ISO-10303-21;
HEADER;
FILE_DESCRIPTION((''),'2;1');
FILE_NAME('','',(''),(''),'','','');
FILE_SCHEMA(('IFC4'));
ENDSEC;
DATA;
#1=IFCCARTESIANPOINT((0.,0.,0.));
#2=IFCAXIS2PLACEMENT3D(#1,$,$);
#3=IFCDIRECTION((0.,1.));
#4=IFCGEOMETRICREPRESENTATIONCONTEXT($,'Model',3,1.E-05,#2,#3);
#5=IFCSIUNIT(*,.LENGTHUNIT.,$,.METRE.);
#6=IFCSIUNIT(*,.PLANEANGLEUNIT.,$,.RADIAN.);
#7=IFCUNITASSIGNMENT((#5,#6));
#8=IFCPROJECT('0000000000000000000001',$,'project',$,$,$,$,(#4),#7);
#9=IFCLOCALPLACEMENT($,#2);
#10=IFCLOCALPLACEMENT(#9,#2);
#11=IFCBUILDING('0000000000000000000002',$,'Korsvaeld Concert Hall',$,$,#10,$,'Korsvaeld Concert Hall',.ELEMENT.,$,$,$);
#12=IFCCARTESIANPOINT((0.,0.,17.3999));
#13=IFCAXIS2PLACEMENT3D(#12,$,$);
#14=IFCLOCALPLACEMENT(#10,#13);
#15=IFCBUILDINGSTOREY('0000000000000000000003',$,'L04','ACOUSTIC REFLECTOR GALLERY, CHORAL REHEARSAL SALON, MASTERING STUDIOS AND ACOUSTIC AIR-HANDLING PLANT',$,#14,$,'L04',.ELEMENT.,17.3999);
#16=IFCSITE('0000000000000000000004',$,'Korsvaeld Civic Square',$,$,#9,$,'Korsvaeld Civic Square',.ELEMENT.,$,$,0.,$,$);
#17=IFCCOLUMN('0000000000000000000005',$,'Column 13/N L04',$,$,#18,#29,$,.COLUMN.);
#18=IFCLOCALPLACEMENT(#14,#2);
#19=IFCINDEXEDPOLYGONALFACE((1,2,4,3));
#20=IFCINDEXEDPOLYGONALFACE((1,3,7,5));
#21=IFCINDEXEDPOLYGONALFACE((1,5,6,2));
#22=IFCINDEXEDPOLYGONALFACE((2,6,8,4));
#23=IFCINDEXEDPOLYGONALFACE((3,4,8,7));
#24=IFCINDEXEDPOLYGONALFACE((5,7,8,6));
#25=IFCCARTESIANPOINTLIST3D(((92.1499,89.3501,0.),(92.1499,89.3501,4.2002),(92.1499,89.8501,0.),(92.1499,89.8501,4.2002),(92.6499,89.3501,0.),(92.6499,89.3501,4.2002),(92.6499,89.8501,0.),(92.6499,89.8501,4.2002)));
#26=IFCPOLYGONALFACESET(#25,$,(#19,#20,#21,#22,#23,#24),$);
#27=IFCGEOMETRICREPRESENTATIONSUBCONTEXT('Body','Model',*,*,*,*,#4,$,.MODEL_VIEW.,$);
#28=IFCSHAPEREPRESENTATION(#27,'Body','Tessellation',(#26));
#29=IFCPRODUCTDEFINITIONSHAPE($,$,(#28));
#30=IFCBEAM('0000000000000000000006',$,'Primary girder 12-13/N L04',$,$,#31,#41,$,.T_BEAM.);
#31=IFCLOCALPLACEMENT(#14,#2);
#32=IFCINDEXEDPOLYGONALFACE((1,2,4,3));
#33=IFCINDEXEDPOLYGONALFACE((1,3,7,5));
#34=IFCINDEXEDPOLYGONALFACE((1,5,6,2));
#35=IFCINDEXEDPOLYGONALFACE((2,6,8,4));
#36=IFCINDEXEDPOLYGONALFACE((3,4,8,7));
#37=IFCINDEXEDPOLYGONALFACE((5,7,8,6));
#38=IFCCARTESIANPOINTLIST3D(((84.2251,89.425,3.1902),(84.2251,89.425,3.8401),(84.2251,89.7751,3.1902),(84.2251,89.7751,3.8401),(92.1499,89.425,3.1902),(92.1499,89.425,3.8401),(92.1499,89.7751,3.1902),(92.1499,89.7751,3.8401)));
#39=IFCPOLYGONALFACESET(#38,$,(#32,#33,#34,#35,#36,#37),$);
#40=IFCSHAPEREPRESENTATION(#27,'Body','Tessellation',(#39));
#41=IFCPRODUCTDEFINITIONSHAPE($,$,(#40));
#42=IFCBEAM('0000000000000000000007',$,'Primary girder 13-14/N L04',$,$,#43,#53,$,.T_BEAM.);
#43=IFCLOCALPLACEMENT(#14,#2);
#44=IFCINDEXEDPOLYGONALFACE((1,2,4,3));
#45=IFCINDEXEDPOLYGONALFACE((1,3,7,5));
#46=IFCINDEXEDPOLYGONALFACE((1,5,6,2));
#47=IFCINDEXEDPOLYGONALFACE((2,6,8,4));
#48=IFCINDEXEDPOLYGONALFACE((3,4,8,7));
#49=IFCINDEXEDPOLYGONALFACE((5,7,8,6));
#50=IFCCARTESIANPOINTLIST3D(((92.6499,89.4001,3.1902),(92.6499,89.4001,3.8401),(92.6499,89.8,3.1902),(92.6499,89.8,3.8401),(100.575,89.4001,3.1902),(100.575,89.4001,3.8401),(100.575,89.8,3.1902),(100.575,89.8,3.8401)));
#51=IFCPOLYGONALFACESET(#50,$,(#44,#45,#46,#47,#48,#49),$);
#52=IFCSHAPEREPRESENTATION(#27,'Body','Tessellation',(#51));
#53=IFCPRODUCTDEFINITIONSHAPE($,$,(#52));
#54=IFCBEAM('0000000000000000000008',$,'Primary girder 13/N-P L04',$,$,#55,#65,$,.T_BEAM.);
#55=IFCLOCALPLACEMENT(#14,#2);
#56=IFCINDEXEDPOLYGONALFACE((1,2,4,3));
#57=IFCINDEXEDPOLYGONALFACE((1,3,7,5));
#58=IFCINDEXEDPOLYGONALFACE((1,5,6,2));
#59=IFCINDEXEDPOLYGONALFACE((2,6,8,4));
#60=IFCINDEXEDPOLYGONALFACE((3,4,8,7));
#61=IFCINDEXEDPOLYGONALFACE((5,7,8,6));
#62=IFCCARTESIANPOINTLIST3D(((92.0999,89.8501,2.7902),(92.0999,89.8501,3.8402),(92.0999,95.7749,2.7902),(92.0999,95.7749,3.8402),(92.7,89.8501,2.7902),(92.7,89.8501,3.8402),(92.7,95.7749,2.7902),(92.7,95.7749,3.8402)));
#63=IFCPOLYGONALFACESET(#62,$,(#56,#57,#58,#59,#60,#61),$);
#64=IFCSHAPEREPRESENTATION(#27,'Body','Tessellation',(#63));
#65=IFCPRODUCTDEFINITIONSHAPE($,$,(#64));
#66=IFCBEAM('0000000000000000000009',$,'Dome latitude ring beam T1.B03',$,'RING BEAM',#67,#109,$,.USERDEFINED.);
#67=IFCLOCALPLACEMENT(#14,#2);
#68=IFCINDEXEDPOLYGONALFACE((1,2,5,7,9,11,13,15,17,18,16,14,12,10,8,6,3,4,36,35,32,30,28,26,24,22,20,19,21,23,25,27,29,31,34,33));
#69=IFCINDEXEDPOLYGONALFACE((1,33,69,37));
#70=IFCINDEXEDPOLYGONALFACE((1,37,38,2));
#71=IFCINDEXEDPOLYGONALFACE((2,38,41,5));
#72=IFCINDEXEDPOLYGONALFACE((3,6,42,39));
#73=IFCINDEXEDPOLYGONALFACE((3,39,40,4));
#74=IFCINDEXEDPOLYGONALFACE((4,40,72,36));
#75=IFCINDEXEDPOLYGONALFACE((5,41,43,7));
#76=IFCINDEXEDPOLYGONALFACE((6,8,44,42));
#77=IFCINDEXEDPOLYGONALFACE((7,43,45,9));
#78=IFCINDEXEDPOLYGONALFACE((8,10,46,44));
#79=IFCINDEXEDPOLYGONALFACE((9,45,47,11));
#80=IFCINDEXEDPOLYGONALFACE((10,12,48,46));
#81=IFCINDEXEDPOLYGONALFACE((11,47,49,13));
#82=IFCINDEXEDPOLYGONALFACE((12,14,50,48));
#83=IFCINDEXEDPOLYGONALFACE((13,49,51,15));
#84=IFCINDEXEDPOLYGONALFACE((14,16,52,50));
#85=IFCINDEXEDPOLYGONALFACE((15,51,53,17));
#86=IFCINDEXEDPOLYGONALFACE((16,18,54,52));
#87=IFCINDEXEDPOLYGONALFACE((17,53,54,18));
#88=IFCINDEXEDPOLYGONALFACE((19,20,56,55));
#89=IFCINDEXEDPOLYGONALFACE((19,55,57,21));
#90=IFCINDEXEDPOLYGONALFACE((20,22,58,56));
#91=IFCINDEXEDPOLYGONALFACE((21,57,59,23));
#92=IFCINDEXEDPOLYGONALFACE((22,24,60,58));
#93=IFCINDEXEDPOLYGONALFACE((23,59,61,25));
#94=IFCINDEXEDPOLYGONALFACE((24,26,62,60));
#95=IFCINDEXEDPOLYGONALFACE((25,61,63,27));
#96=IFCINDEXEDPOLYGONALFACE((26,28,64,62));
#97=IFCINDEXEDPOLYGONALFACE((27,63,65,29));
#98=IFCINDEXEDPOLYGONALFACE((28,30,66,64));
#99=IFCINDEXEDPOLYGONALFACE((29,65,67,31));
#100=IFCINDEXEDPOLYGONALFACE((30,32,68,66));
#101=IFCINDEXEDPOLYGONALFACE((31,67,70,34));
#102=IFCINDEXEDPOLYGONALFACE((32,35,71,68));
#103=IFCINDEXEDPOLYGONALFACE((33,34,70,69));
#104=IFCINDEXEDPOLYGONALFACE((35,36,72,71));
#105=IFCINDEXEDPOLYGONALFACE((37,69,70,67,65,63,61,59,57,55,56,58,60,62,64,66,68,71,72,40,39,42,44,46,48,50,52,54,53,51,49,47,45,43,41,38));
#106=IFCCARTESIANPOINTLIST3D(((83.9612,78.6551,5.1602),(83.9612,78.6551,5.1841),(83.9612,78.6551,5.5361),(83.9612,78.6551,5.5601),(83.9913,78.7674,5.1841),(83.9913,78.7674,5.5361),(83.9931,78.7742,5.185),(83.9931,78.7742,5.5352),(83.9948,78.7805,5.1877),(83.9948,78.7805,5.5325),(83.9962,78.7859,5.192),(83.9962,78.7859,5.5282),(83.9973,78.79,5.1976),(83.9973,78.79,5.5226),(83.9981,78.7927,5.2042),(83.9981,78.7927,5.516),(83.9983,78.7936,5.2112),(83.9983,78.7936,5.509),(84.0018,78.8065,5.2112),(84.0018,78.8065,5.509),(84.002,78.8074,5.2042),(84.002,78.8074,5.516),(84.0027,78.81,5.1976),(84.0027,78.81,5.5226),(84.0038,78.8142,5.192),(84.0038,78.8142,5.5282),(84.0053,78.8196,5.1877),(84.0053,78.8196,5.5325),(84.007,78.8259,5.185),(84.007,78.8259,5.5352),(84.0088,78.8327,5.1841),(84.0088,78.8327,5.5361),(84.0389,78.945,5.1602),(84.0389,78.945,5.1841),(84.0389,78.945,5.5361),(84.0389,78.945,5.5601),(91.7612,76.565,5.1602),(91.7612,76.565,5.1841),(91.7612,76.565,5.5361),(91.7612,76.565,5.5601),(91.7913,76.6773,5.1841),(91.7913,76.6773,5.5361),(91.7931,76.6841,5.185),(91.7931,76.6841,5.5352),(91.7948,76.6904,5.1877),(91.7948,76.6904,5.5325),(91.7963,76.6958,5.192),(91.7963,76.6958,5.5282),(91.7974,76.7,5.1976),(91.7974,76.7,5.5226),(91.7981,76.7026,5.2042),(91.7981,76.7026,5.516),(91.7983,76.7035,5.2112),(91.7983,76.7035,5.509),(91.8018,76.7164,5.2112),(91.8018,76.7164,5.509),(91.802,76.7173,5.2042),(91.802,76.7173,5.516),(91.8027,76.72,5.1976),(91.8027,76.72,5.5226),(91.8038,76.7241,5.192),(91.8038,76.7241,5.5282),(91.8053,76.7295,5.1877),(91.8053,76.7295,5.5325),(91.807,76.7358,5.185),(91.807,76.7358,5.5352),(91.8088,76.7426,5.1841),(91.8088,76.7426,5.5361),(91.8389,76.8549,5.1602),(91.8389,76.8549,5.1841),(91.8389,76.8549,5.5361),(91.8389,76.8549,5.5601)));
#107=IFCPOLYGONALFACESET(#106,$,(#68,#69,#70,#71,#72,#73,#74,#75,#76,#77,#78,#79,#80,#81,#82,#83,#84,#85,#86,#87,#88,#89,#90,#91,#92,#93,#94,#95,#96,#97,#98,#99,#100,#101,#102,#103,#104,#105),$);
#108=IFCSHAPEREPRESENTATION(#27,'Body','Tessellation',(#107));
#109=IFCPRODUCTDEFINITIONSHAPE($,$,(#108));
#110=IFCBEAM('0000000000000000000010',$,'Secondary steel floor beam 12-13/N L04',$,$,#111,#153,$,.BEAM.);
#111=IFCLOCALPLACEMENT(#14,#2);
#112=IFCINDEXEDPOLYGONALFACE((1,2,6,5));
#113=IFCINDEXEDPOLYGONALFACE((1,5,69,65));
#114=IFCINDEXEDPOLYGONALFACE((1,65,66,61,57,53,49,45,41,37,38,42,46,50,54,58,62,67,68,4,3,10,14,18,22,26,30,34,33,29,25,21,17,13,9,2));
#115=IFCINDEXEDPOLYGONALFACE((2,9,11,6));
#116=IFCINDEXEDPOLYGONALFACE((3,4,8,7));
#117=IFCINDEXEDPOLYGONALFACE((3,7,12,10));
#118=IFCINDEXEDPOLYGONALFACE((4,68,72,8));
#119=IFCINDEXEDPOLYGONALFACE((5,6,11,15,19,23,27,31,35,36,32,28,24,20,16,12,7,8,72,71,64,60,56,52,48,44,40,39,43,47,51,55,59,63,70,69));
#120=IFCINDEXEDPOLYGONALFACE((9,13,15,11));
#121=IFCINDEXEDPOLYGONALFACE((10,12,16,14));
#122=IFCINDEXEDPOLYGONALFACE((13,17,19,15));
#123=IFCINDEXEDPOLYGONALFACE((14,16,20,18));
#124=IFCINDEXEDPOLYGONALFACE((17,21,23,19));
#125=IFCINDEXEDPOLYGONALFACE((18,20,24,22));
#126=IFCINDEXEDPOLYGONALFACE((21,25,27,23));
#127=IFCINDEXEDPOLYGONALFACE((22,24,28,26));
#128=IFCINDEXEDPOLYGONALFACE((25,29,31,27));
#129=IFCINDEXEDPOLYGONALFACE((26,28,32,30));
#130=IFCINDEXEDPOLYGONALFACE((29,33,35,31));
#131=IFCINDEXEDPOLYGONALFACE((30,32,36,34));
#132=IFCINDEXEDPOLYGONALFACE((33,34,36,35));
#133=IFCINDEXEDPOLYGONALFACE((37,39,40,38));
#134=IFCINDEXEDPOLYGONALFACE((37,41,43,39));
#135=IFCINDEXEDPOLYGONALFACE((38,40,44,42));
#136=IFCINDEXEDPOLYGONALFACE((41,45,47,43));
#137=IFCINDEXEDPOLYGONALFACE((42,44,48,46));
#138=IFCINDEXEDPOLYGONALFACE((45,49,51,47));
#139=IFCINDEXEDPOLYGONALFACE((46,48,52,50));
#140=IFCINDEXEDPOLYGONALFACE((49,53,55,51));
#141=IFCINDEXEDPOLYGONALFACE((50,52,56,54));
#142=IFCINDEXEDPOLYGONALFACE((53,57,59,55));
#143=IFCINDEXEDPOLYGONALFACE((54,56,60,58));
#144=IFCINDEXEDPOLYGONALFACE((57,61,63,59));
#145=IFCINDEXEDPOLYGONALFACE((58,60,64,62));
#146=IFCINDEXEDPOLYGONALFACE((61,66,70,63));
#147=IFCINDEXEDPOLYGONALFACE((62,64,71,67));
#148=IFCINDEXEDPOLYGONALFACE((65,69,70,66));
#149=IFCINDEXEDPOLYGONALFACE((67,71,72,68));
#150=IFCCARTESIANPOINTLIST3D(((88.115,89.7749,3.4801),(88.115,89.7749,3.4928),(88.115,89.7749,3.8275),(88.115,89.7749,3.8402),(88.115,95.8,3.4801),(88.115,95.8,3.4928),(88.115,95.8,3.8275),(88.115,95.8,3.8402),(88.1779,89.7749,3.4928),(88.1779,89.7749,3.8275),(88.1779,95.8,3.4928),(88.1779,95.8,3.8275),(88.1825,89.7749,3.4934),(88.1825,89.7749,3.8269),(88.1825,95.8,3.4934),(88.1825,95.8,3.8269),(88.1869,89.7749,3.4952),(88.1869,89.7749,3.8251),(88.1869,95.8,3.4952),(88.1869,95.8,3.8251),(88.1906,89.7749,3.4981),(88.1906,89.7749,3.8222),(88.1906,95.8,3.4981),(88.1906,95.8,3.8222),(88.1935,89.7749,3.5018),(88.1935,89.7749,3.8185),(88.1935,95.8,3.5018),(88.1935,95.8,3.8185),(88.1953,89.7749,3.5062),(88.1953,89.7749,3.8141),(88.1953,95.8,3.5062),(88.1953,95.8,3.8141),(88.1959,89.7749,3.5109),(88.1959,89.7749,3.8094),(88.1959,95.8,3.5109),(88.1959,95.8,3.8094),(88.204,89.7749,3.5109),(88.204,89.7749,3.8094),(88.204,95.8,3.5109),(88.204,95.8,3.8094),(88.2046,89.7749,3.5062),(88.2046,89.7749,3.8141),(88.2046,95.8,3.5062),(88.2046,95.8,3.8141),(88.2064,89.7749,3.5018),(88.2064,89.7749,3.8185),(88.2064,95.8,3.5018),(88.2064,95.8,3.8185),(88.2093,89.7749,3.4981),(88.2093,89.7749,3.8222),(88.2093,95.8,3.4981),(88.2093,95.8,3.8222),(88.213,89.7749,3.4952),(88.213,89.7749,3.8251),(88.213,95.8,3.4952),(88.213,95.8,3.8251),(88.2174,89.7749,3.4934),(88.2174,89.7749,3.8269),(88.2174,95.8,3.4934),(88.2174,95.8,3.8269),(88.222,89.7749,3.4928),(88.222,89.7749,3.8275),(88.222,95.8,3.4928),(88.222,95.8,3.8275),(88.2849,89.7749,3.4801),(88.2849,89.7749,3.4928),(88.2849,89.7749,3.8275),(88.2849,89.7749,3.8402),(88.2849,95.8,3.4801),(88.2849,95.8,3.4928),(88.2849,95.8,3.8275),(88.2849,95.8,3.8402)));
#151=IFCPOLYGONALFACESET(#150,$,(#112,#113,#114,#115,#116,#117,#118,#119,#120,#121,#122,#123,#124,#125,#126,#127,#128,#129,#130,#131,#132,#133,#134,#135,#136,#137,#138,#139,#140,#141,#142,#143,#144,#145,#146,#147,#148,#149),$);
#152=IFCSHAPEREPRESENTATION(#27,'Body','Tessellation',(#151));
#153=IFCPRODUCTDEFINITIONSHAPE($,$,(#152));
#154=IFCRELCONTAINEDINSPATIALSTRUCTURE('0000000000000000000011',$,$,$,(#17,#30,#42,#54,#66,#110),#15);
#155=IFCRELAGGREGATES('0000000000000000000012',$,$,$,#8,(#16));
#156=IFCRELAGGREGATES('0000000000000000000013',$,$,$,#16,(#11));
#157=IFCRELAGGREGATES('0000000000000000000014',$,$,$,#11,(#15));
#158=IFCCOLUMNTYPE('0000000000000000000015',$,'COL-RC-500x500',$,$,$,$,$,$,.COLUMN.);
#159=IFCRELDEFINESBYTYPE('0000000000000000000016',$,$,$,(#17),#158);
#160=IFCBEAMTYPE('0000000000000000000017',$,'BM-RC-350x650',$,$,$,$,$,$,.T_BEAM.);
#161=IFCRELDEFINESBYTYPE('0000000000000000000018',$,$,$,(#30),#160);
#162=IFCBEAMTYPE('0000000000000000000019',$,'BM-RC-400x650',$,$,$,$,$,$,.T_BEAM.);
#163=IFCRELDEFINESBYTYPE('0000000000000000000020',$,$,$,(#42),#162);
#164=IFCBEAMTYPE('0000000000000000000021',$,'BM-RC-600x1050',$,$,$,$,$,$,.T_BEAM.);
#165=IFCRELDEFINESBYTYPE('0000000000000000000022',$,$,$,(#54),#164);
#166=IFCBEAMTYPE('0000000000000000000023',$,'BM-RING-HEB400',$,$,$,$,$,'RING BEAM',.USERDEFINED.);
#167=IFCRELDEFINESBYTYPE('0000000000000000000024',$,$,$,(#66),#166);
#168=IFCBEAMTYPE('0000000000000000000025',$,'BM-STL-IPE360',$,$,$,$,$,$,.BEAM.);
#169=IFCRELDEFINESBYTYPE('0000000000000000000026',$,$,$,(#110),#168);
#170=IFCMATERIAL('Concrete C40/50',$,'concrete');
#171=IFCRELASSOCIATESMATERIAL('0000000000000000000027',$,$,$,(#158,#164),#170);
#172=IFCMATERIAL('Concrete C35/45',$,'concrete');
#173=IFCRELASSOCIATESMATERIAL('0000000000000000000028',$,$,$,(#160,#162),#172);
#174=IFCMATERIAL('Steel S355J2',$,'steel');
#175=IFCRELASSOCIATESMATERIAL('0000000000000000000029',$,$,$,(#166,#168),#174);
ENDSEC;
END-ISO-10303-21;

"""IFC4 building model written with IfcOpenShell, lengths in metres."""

from ifc_helpers import new_model, si_unit, direction, frame, origin, origin_2d, place, context, subcontext, project, spatial, rectangle, i_section, extrude, material, material_profile, profile_set, type_object, element, save


model = new_model("IFC4")

# Units and contexts
model_context = context("Model", 3, precision=1e-05, world=origin(), true_north=direction((0.0, 1.0)))
body_context = subcontext(model_context, "Body", "Model", "MODEL_VIEW")
ifc_project = project(units=[si_unit("LENGTHUNIT", "METRE"), si_unit("PLANEANGLEUNIT", "RADIAN")], contexts=[model_context])

# Site, building, storey
site_placement = place(None, origin())
site = spatial("IfcSite", under=ifc_project, at=site_placement, Name="Korsvaeld Civic Square", LongName="Korsvaeld Civic Square", CompositionType="ELEMENT", RefElevation=0.0)
building_placement = place(site_placement, origin())
building = spatial("IfcBuilding", under=site, at=building_placement, Name="Korsvaeld Concert Hall", LongName="Korsvaeld Concert Hall", CompositionType="ELEMENT")
storey_placement = place(building_placement, frame((0.0, 0.0, 17.3999)))
storey = spatial("IfcBuildingStorey", under=building, at=storey_placement, Name="L04", Description="ACOUSTIC REFLECTOR GALLERY, CHORAL REHEARSAL SALON, MASTERING STUDIOS AND ACOUSTIC AIR-HANDLING PLANT", LongName="L04", CompositionType="ELEMENT", Elevation=17.3999)

# Column
ifc_material_1 = material(Name="Concrete C40/50", Category="concrete")
ifc_material_profile_1 = material_profile(ifc_material_1, rectangle(XDim=0.5, YDim=0.5, at=origin_2d()), Name="RC 500x500")
ifc_profile_set_1 = profile_set([ifc_material_profile_1], Name="Concrete C40/50")
column_type = type_object("IfcColumnType", Name="COL-RC-500x500", PredefinedType="COLUMN", material=ifc_profile_set_1)
column_placement = place(storey_placement, frame((92.3999, 89.6001, 0.0), z_axis=(0.0, 0.0, 1.0), x_axis=(1.0, 0.0, 0.0)))
element("IfcColumn", 1, at=column_placement, inside=storey, type_object=column_type, Name="Column 13/N L04", PredefinedType="COLUMN", context=body_context, shape_type="SweptSolid", body=[
    extrude(rectangle(XDim=0.5, YDim=0.5, at=origin_2d()), origin(), (0.0, 0.0, 1.0), 4.2002),
])

# Beams
ifc_material_2 = material(Name="Concrete C35/45", Category="concrete")
ifc_material_profile_2 = material_profile(ifc_material_2, rectangle(XDim=0.3501, YDim=0.6499, at=origin_2d()), Name="RC 350x650")
ifc_profile_set_2 = profile_set([ifc_material_profile_2], Name="Concrete C35/45")
beam_type_1 = type_object("IfcBeamType", Name="BM-RC-350x650", PredefinedType="T_BEAM", material=ifc_profile_set_2)
beam_1_placement = place(storey_placement, frame((84.2251, 89.6001, 3.5151), z_axis=(1.0, 0.0, 0.0), x_axis=(0.0, 1.0, 0.0)))
element("IfcBeam", 2, at=beam_1_placement, inside=storey, type_object=beam_type_1, Name="Primary girder 12-13/N L04", PredefinedType="T_BEAM", context=body_context, shape_type="SweptSolid", body=[
    extrude(rectangle(XDim=0.3501, YDim=0.6499, at=origin_2d()), origin(), (0.0, 0.0, 1.0), 7.9248),
])
ifc_material_profile_3 = material_profile(ifc_material_2, rectangle(XDim=0.3999, YDim=0.6499, at=origin_2d()), Name="RC 400x650")
ifc_profile_set_3 = profile_set([ifc_material_profile_3], Name="Concrete C35/45")
beam_type_2 = type_object("IfcBeamType", Name="BM-RC-400x650", PredefinedType="T_BEAM", material=ifc_profile_set_3)
beam_2_placement = place(storey_placement, frame((92.6499, 89.6001, 3.5151), z_axis=(1.0, 0.0, 0.0), x_axis=(0.0, 1.0, 0.0)))
element("IfcBeam", 3, at=beam_2_placement, inside=storey, type_object=beam_type_2, Name="Primary girder 13-14/N L04", PredefinedType="T_BEAM", context=body_context, shape_type="SweptSolid", body=[
    extrude(rectangle(XDim=0.3999, YDim=0.6499, at=origin_2d()), origin(), (0.0, 0.0, 1.0), 7.925),
])
ifc_material_profile_4 = material_profile(ifc_material_1, rectangle(XDim=0.6001, YDim=1.05, at=origin_2d()), Name="RC 600x1050")
ifc_profile_set_4 = profile_set([ifc_material_profile_4], Name="Concrete C40/50")
beam_type_3 = type_object("IfcBeamType", Name="BM-RC-600x1050", PredefinedType="T_BEAM", material=ifc_profile_set_4)
beam_3_placement = place(storey_placement, frame((92.3999, 89.8501, 3.3152), z_axis=(0.0, 1.0, 0.0), x_axis=(-1.0, 0.0, 0.0)))
element("IfcBeam", 4, at=beam_3_placement, inside=storey, type_object=beam_type_3, Name="Primary girder 13/N-P L04", PredefinedType="T_BEAM", context=body_context, shape_type="SweptSolid", body=[
    extrude(rectangle(XDim=0.6001, YDim=1.05, at=origin_2d()), origin(), (0.0, 0.0, 1.0), 5.9248),
])
ifc_material_3 = material(Name="Steel S355J2", Category="steel")
ifc_material_profile_5 = material_profile(ifc_material_3, i_section(OverallWidth=0.3, OverallDepth=0.3999, WebThickness=0.0134, FlangeThickness=0.0239, FilletRadius=0.0271, at=origin_2d()), Name="HEB 400")
ifc_profile_set_5 = profile_set([ifc_material_profile_5], Name="Steel S355J2")
beam_type_4 = type_object("IfcBeamType", Name="BM-RING-HEB400", ElementType="RING BEAM", PredefinedType="USERDEFINED", material=ifc_profile_set_5)
beam_4_placement = place(storey_placement, frame((91.8, 76.71, 5.3601), z_axis=(-0.965924, 0.258827, 0.0), x_axis=(-0.258827, -0.965924, 0.0)))
element("IfcBeam", 5, at=beam_4_placement, inside=storey, type_object=beam_type_4, Name="Dome latitude ring beam T1.B03", ObjectType="RING BEAM", PredefinedType="USERDEFINED", context=body_context, shape_type="SweptSolid", body=[
    extrude(i_section(OverallWidth=0.3, OverallDepth=0.3999, WebThickness=0.0134, FlangeThickness=0.0239, FilletRadius=0.0271, at=origin_2d()), origin(), (0.0, 0.0, 1.0), 8.0752),
])
ifc_material_profile_6 = material_profile(ifc_material_3, i_section(OverallWidth=0.1699, OverallDepth=0.3601, WebThickness=0.0081, FlangeThickness=0.0127, FilletRadius=0.0181, at=origin_2d()), Name="IPE 360")
ifc_profile_set_6 = profile_set([ifc_material_profile_6], Name="Steel S355J2")
beam_type_5 = type_object("IfcBeamType", Name="BM-STL-IPE360", PredefinedType="BEAM", material=ifc_profile_set_6)
beam_5_placement = place(storey_placement, frame((88.2, 89.7749, 3.6602), z_axis=(0.0, 1.0, 0.0), x_axis=(-1.0, 0.0, 0.0)))
element("IfcBeam", 6, at=beam_5_placement, inside=storey, type_object=beam_type_5, Name="Secondary steel floor beam 12-13/N L04", PredefinedType="BEAM", context=body_context, shape_type="SweptSolid", body=[
    extrude(i_section(OverallWidth=0.1699, OverallDepth=0.3601, WebThickness=0.0081, FlangeThickness=0.0127, FilletRadius=0.0181, at=origin_2d()), origin(), (0.0, 0.0, 1.0), 6.0251),
])

save(model, "model.ifc")
